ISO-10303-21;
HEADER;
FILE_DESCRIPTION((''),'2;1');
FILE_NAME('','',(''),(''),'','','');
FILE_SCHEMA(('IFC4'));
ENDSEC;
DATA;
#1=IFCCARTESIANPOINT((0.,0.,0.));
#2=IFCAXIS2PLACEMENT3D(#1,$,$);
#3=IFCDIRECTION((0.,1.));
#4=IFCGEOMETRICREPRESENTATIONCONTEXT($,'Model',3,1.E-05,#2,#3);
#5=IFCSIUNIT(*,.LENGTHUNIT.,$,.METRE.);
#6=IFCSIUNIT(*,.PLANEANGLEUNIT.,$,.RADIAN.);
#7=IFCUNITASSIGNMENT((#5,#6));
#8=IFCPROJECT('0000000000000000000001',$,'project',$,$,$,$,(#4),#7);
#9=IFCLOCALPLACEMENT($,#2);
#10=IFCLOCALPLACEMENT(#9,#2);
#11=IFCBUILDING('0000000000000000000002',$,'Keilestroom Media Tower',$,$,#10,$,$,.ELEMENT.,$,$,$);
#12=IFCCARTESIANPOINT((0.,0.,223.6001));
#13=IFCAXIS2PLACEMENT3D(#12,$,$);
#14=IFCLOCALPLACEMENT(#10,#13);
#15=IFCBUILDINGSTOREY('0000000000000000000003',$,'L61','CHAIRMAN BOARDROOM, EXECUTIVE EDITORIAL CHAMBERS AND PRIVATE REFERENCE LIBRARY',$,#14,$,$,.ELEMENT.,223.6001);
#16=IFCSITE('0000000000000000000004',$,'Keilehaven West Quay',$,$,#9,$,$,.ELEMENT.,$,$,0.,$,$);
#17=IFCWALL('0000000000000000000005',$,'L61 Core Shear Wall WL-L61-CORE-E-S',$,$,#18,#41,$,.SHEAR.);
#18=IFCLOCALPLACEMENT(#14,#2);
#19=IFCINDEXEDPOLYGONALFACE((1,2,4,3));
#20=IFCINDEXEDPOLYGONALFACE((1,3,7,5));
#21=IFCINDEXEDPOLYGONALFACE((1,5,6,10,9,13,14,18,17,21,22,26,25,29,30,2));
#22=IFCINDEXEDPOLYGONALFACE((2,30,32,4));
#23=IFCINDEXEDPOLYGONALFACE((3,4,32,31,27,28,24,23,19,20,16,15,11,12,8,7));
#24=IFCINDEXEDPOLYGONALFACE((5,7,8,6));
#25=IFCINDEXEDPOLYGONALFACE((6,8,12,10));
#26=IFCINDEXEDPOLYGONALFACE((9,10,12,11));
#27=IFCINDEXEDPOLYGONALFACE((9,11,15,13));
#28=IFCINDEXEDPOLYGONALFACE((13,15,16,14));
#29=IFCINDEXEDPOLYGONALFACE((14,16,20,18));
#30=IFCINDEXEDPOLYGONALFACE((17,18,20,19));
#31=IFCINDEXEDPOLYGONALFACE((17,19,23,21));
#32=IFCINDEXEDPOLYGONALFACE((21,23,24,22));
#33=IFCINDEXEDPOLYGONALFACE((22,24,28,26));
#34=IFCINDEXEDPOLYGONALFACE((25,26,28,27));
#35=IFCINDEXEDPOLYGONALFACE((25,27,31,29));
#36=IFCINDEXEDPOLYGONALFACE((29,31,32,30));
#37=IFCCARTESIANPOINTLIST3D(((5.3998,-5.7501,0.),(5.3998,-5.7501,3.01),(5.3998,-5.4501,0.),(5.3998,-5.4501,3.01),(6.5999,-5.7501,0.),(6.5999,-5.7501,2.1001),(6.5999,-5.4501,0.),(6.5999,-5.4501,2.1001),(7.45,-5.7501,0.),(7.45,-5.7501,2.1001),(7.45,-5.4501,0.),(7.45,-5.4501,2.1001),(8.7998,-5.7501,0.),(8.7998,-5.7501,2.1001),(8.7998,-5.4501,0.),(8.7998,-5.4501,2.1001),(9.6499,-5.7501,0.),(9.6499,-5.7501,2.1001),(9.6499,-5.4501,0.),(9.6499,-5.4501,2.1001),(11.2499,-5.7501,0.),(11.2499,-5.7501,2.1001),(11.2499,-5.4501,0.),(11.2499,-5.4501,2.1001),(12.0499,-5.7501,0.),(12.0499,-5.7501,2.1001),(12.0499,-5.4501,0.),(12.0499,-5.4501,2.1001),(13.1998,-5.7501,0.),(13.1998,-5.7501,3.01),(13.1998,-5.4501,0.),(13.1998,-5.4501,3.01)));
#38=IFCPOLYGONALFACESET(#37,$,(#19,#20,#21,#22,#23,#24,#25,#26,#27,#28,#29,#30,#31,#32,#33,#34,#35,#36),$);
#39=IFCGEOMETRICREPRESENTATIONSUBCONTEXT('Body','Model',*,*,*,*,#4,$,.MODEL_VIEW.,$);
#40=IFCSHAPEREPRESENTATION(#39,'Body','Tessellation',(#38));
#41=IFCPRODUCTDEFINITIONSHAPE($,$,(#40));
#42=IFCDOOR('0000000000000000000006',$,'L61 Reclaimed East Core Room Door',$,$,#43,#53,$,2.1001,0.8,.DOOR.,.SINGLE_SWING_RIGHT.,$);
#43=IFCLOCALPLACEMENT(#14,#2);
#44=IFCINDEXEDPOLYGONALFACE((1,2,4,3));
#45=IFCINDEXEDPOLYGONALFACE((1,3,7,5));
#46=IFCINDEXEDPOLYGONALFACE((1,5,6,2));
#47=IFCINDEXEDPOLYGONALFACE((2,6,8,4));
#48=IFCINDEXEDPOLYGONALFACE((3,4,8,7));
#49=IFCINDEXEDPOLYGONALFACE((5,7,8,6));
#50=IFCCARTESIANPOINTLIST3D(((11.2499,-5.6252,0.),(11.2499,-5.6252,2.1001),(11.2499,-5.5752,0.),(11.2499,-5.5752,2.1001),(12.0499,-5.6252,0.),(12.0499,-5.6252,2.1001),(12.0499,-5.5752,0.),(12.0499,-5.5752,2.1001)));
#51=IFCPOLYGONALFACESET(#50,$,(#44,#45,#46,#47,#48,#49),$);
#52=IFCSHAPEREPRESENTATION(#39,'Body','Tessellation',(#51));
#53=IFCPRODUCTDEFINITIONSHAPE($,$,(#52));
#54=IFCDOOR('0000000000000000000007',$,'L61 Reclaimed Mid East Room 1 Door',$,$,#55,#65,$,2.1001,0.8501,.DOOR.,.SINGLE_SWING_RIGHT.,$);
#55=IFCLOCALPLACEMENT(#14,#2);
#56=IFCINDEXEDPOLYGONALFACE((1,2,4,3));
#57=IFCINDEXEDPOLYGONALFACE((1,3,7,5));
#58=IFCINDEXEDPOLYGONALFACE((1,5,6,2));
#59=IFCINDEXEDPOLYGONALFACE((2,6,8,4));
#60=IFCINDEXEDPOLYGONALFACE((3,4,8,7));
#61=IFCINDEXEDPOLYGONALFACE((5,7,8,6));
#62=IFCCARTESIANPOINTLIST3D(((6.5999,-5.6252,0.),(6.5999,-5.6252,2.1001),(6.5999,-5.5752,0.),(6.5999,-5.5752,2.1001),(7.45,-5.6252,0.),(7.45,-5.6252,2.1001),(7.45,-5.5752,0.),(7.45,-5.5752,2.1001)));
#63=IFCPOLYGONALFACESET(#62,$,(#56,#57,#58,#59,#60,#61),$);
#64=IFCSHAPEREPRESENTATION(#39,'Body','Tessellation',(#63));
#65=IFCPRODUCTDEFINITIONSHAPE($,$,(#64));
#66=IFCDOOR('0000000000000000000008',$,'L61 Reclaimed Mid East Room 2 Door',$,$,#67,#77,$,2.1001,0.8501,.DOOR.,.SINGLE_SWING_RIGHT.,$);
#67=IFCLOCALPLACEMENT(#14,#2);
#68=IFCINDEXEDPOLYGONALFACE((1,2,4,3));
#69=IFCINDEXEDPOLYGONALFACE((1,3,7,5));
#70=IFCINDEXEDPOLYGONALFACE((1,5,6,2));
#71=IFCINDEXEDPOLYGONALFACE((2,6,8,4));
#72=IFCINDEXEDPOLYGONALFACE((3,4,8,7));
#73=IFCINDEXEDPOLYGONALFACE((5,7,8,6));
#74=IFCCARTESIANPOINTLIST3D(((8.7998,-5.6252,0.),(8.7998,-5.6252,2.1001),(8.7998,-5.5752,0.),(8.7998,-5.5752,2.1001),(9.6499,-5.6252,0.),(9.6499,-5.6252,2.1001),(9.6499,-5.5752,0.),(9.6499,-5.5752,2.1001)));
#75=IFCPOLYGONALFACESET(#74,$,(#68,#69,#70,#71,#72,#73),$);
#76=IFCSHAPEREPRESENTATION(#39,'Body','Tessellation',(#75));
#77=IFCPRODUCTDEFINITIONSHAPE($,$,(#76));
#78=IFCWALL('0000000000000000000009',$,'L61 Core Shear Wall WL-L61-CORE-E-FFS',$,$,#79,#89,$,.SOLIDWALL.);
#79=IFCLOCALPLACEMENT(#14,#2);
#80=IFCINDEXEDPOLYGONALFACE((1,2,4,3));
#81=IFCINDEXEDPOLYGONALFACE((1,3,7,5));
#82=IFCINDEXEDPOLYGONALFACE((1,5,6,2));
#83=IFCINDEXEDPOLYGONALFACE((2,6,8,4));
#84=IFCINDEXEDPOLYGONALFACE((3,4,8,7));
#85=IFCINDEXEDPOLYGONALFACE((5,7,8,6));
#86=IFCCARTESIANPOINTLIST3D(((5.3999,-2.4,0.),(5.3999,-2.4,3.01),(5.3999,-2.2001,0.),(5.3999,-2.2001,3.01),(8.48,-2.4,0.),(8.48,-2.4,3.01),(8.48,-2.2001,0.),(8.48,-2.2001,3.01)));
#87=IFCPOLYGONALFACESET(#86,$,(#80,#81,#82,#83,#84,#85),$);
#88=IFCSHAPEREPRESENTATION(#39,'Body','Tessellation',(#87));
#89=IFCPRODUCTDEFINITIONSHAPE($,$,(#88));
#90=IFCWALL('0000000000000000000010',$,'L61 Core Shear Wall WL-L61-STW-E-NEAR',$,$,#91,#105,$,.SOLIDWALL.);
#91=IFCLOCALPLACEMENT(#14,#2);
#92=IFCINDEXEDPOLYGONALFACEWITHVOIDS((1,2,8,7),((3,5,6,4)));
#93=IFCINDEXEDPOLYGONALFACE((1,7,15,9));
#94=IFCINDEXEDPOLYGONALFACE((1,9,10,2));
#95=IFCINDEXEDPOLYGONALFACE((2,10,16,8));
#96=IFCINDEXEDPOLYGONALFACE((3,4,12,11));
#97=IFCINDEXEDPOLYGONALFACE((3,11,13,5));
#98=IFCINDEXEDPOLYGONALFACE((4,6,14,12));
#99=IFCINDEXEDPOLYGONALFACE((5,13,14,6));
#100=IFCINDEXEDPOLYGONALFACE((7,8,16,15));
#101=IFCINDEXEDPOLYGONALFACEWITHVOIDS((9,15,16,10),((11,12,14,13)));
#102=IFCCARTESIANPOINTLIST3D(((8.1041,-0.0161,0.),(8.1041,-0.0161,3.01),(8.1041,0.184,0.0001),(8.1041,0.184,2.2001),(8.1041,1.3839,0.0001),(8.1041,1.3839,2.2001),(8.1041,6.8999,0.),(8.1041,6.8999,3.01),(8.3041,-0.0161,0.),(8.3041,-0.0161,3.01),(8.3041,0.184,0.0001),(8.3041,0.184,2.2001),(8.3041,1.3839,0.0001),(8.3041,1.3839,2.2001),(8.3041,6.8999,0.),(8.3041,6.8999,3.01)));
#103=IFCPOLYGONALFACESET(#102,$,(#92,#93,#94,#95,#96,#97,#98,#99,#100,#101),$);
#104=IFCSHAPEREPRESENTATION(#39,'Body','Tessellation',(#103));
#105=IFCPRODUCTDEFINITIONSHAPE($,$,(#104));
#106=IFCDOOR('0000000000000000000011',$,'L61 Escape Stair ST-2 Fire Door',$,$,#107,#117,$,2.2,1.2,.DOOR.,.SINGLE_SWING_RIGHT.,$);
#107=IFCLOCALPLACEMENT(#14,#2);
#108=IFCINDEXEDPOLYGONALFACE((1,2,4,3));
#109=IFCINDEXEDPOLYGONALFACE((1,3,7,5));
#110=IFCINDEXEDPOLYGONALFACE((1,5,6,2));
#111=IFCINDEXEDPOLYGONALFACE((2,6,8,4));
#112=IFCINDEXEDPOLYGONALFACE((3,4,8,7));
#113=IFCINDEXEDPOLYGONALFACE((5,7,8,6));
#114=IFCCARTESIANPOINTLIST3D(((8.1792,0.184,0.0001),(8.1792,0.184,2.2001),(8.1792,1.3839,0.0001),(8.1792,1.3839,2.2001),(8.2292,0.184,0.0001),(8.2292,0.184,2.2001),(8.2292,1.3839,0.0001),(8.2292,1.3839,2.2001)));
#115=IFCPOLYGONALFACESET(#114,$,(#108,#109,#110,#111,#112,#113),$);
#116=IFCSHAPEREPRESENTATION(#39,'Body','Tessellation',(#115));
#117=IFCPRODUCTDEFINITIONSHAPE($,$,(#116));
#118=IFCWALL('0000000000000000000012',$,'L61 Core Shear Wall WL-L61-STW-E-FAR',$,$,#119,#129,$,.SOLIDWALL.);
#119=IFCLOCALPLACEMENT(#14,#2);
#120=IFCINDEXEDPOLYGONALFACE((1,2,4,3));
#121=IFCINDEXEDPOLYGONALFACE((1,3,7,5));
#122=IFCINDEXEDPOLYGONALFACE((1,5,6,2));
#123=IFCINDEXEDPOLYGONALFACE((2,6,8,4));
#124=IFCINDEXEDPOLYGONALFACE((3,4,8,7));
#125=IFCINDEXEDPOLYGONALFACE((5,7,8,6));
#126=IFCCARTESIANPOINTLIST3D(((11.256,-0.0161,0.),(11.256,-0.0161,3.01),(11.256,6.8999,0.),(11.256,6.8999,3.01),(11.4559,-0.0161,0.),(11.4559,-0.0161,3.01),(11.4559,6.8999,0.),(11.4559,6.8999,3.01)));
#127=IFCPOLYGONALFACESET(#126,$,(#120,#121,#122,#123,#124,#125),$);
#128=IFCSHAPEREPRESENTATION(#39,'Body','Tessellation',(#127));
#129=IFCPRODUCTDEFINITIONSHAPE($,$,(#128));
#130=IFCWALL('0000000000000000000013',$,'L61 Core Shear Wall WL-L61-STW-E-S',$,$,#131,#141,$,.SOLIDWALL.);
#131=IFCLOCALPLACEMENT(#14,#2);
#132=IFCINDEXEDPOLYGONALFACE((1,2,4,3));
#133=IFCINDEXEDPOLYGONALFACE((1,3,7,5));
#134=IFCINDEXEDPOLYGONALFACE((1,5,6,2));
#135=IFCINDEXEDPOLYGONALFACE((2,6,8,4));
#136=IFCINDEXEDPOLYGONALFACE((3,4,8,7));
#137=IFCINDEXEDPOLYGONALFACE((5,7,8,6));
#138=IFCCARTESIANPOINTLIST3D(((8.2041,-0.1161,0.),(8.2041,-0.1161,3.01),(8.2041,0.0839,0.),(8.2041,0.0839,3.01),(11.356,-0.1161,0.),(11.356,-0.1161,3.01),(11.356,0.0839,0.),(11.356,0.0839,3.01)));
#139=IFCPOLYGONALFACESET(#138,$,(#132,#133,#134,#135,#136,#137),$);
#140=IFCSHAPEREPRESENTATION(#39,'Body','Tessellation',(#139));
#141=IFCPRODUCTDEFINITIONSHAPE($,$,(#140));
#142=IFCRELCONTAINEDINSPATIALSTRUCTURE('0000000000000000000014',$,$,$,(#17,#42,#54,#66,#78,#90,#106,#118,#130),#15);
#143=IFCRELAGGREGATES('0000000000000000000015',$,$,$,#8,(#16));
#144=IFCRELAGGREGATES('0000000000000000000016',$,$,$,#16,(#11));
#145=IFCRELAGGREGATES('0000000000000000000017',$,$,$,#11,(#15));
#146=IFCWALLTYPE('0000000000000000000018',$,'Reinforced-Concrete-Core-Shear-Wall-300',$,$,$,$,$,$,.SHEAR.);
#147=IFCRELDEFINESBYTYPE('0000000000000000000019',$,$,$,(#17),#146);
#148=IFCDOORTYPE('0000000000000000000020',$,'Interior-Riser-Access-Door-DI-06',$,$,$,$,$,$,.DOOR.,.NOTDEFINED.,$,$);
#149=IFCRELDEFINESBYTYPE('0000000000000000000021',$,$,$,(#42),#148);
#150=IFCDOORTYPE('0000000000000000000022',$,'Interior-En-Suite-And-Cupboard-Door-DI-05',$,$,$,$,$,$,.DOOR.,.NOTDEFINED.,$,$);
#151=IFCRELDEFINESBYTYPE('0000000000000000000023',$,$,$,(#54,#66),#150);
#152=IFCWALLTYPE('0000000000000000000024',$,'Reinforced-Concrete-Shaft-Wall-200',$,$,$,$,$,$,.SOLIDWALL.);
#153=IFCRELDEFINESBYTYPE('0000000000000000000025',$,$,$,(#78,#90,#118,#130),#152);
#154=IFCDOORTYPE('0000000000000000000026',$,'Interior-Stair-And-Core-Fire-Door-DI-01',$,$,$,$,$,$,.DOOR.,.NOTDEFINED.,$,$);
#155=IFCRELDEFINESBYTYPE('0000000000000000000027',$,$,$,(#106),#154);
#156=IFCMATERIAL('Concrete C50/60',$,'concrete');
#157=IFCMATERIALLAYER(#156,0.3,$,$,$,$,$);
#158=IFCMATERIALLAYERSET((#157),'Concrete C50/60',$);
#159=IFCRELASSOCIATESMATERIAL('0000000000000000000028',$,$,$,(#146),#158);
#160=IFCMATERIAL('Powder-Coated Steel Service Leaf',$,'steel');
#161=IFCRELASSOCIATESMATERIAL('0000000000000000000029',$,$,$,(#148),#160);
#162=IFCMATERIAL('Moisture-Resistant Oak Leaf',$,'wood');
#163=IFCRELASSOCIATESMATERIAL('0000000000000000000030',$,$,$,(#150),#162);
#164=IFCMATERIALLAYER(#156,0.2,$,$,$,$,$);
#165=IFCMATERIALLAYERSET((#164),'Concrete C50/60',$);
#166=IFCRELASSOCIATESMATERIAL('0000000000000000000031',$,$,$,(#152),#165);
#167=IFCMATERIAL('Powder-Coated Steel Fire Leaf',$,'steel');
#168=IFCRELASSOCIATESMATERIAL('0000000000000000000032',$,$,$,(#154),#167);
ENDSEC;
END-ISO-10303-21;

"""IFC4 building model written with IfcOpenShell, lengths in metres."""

from ifc_helpers import new_model, si_unit, direction, frame, frame_2d, origin, place, context, subcontext, project, spatial, rectangle, extrude, source, transform, mapped, material, layer, layer_set, type_object, element, fill, save


model = new_model("IFC4")

# Units and contexts
model_context = context("Model", 3, precision=1e-05, world=origin(), true_north=direction((0.0, 1.0)))
body_context = subcontext(model_context, "Body", "Model", "MODEL_VIEW")
ifc_project = project(units=[si_unit("LENGTHUNIT", "METRE"), si_unit("PLANEANGLEUNIT", "RADIAN")], contexts=[model_context])

# Site, building, storey
site_placement = place(None, origin())
site = spatial("IfcSite", under=ifc_project, at=site_placement, Name="Keilehaven West Quay", CompositionType="ELEMENT", RefElevation=0.0)
building_placement = place(site_placement, origin())
building = spatial("IfcBuilding", under=site, at=building_placement, Name="Keilestroom Media Tower", CompositionType="ELEMENT")
storey_placement = place(building_placement, frame((0.0, 0.0, 223.6001)))
storey = spatial("IfcBuildingStorey", under=building, at=storey_placement, Name="L61", Description="CHAIRMAN BOARDROOM, EXECUTIVE EDITORIAL CHAMBERS AND PRIVATE REFERENCE LIBRARY", CompositionType="ELEMENT", Elevation=223.6001)

# Shared definitions
ifc_material_1 = material(Name="Concrete C50/60", Category="concrete")

# Shared definitions
ifc_layer_1 = layer(ifc_material_1, 0.3)
ifc_layer_set_1 = layer_set([ifc_layer_1], Name="Concrete C50/60")
wall_type_1 = type_object("IfcWallType", Name="Reinforced-Concrete-Core-Shear-Wall-300", PredefinedType="SHEAR", material=ifc_layer_set_1)

# Wall, openings, doors
ifc_material_2 = material(Name="Powder-Coated Steel Fire Leaf", Category="steel")
shared_shape_1 = source(origin(), body_context, "Body", "SweptSolid", [
    extrude(rectangle(XDim=1.2, YDim=2.2, at=frame_2d((0.6001, 1.1001))), frame((0.0, 0.0249, 0.0), z_axis=(0.0, -1.0, 0.0), x_axis=(1.0, 0.0, 0.0)), (0.0, 0.0, 1.0), 0.05),
])
ifc_material_3 = material(Name="Powder-Coated Steel Service Leaf", Category="steel")
door_type_1 = type_object("IfcDoorType", Name="Interior-Riser-Access-Door-DI-06", OperationType="NOTDEFINED", PredefinedType="DOOR", material=ifc_material_3)
shared_shape_2 = source(origin(), body_context, "Body", "SweptSolid", [
    extrude(rectangle(XDim=0.8, YDim=2.1001, at=frame_2d((0.3999, 1.05))), frame((0.0, 0.0249, 0.0), z_axis=(0.0, -1.0, 0.0), x_axis=(1.0, 0.0, 0.0)), (0.0, 0.0, 1.0), 0.05),
])
wall_1_placement = place(storey_placement, frame((5.3999, -5.6001, 0.0), z_axis=(0.0, 0.0, 1.0), x_axis=(1.0, 0.0, 0.0)))
wall_1 = element("IfcWall", 1, at=wall_1_placement, inside=storey, type_object=wall_type_1, Name="L61 Core Shear Wall WL-L61-CORE-E-S", PredefinedType="SHEAR", context=body_context, shape_type="SweptSolid", body=[
    extrude(rectangle(XDim=7.8, YDim=0.3, at=frame_2d((3.8999, 0.0))), origin(), (0.0, 0.0, 1.0), 3.01),
])
opening_1_placement = place(wall_1_placement, frame((5.8501, 0.0, 0.0)))
opening_1 = element("IfcOpeningElement", 2, at=opening_1_placement, cuts=wall_1, PredefinedType="OPENING", context=body_context, shape_type="SweptSolid", body=[
    extrude(rectangle(XDim=0.8, YDim=2.1001, at=frame_2d((0.3999, 1.05))), frame((0.0, 0.1602, 0.0), z_axis=(0.0, -1.0, 0.0), x_axis=(1.0, 0.0, 0.0)), (0.0, 0.0, 1.0), 0.3201),
])
opening_2_placement = place(wall_1_placement, frame((1.2, 0.0, 0.0)))
opening_2 = element("IfcOpeningElement", 3, at=opening_2_placement, cuts=wall_1, PredefinedType="OPENING", context=body_context, shape_type="SweptSolid", body=[
    extrude(rectangle(XDim=0.8501, YDim=2.1001, at=frame_2d((0.425, 1.05))), frame((0.0, 0.1602, 0.0), z_axis=(0.0, -1.0, 0.0), x_axis=(1.0, 0.0, 0.0)), (0.0, 0.0, 1.0), 0.3201),
])
opening_3_placement = place(wall_1_placement, frame((3.3999, 0.0, 0.0)))
opening_3 = element("IfcOpeningElement", 4, at=opening_3_placement, cuts=wall_1, PredefinedType="OPENING", context=body_context, shape_type="SweptSolid", body=[
    extrude(rectangle(XDim=0.8501, YDim=2.1001, at=frame_2d((0.425, 1.05))), frame((0.0, 0.1602, 0.0), z_axis=(0.0, -1.0, 0.0), x_axis=(1.0, 0.0, 0.0)), (0.0, 0.0, 1.0), 0.3201),
])
door_1_placement = place(opening_1_placement, origin())
door_1 = element("IfcDoor", 5, at=door_1_placement, inside=storey, type_object=door_type_1, Name="L61 Reclaimed East Core Room Door", OperationType="SINGLE_SWING_RIGHT", OverallHeight=2.1001, OverallWidth=0.8, PredefinedType="DOOR", context=body_context, shape_type="MappedRepresentation", body=[
    mapped(shared_shape_2, transform((0.0, 0.0, 0.0), x_axis=(1.0, 0.0, 0.0), y_axis=(0.0, 1.0, 0.0), z_axis=(0.0, 0.0, 1.0), scale=1.0)),
])
fill(opening_1, door_1)
ifc_material_4 = material(Name="Moisture-Resistant Oak Leaf", Category="wood")
door_type_2 = type_object("IfcDoorType", Name="Interior-En-Suite-And-Cupboard-Door-DI-05", OperationType="NOTDEFINED", PredefinedType="DOOR", material=ifc_material_4)
shared_shape_3 = source(origin(), body_context, "Body", "SweptSolid", [
    extrude(rectangle(XDim=0.8501, YDim=2.1001, at=frame_2d((0.425, 1.05))), frame((0.0, 0.0249, 0.0), z_axis=(0.0, -1.0, 0.0), x_axis=(1.0, 0.0, 0.0)), (0.0, 0.0, 1.0), 0.05),
])
door_2_placement = place(opening_2_placement, origin())
door_2 = element("IfcDoor", 6, at=door_2_placement, inside=storey, type_object=door_type_2, Name="L61 Reclaimed Mid East Room 1 Door", OperationType="SINGLE_SWING_RIGHT", OverallHeight=2.1001, OverallWidth=0.8501, PredefinedType="DOOR", context=body_context, shape_type="MappedRepresentation", body=[
    mapped(shared_shape_3, transform((0.0, 0.0, 0.0), x_axis=(1.0, 0.0, 0.0), y_axis=(0.0, 1.0, 0.0), z_axis=(0.0, 0.0, 1.0), scale=1.0)),
])
fill(opening_2, door_2)
door_3_placement = place(opening_3_placement, origin())
door_3 = element("IfcDoor", 7, at=door_3_placement, inside=storey, type_object=door_type_2, Name="L61 Reclaimed Mid East Room 2 Door", OperationType="SINGLE_SWING_RIGHT", OverallHeight=2.1001, OverallWidth=0.8501, PredefinedType="DOOR", context=body_context, shape_type="MappedRepresentation", body=[
    mapped(shared_shape_3, transform((0.0, 0.0, 0.0), x_axis=(1.0, 0.0, 0.0), y_axis=(0.0, 1.0, 0.0), z_axis=(0.0, 0.0, 1.0), scale=1.0)),
])
fill(opening_3, door_3)

# Wall
ifc_layer_2 = layer(ifc_material_1, 0.2)
ifc_layer_set_2 = layer_set([ifc_layer_2], Name="Concrete C50/60")
wall_type_2 = type_object("IfcWallType", Name="Reinforced-Concrete-Shaft-Wall-200", PredefinedType="SOLIDWALL", material=ifc_layer_set_2)
wall_2_placement = place(storey_placement, frame((5.3999, -2.3, 0.0), z_axis=(0.0, 0.0, 1.0), x_axis=(1.0, 0.0, 0.0)))
element("IfcWall", 8, at=wall_2_placement, inside=storey, type_object=wall_type_2, Name="L61 Core Shear Wall WL-L61-CORE-E-FFS", PredefinedType="SOLIDWALL", context=body_context, shape_type="SweptSolid", body=[
    extrude(rectangle(XDim=3.0801, YDim=0.2, at=frame_2d((1.54, 0.0))), origin(), (0.0, 0.0, 1.0), 3.01),
])

# Wall, opening, door
wall_3_placement = place(storey_placement, frame((8.2041, -0.0161, 0.0), z_axis=(0.0, 0.0, 1.0), x_axis=(0.0, 1.0, 0.0)))
wall_3 = element("IfcWall", 9, at=wall_3_placement, inside=storey, type_object=wall_type_2, Name="L61 Core Shear Wall WL-L61-STW-E-NEAR", PredefinedType="SOLIDWALL", context=body_context, shape_type="SweptSolid", body=[
    extrude(rectangle(XDim=6.916, YDim=0.2, at=frame_2d((3.458, 0.0))), origin(), (0.0, 0.0, 1.0), 3.01),
])
opening_4_placement = place(wall_3_placement, frame((0.2, 0.0, 0.0)))
opening_4 = element("IfcOpeningElement", 10, at=opening_4_placement, cuts=wall_3, PredefinedType="OPENING", context=body_context, shape_type="SweptSolid", body=[
    extrude(rectangle(XDim=1.2, YDim=2.2, at=frame_2d((0.6001, 1.1001))), frame((0.0, 0.1099, 0.0), z_axis=(0.0, -1.0, 0.0), x_axis=(1.0, 0.0, 0.0)), (0.0, 0.0, 1.0), 0.22),
])
door_type_3 = type_object("IfcDoorType", Name="Interior-Stair-And-Core-Fire-Door-DI-01", OperationType="NOTDEFINED", PredefinedType="DOOR", material=ifc_material_2)
door_4_placement = place(opening_4_placement, origin())
door_4 = element("IfcDoor", 11, at=door_4_placement, inside=storey, type_object=door_type_3, Name="L61 Escape Stair ST-2 Fire Door", OperationType="SINGLE_SWING_RIGHT", OverallHeight=2.2, OverallWidth=1.2, PredefinedType="DOOR", context=body_context, shape_type="MappedRepresentation", body=[
    mapped(shared_shape_1, transform((0.0, 0.0, 0.0), x_axis=(1.0, 0.0, 0.0), y_axis=(0.0, 1.0, 0.0), z_axis=(0.0, 0.0, 1.0), scale=1.0)),
])
fill(opening_4, door_4)

# Walls
wall_4_placement = place(storey_placement, frame((11.356, -0.0161, 0.0), z_axis=(0.0, 0.0, 1.0), x_axis=(0.0, 1.0, 0.0)))
element("IfcWall", 12, at=wall_4_placement, inside=storey, type_object=wall_type_2, Name="L61 Core Shear Wall WL-L61-STW-E-FAR", PredefinedType="SOLIDWALL", context=body_context, shape_type="SweptSolid", body=[
    extrude(rectangle(XDim=6.916, YDim=0.2, at=frame_2d((3.458, 0.0))), origin(), (0.0, 0.0, 1.0), 3.01),
])
wall_5_placement = place(storey_placement, frame((8.2041, -0.0161, 0.0), z_axis=(0.0, 0.0, 1.0), x_axis=(1.0, 0.0, 0.0)))
element("IfcWall", 13, at=wall_5_placement, inside=storey, type_object=wall_type_2, Name="L61 Core Shear Wall WL-L61-STW-E-S", PredefinedType="SOLIDWALL", context=body_context, shape_type="SweptSolid", body=[
    extrude(rectangle(XDim=3.1519, YDim=0.2, at=frame_2d((1.5759, 0.0))), origin(), (0.0, 0.0, 1.0), 3.01),
])

save(model, "model.ifc")
